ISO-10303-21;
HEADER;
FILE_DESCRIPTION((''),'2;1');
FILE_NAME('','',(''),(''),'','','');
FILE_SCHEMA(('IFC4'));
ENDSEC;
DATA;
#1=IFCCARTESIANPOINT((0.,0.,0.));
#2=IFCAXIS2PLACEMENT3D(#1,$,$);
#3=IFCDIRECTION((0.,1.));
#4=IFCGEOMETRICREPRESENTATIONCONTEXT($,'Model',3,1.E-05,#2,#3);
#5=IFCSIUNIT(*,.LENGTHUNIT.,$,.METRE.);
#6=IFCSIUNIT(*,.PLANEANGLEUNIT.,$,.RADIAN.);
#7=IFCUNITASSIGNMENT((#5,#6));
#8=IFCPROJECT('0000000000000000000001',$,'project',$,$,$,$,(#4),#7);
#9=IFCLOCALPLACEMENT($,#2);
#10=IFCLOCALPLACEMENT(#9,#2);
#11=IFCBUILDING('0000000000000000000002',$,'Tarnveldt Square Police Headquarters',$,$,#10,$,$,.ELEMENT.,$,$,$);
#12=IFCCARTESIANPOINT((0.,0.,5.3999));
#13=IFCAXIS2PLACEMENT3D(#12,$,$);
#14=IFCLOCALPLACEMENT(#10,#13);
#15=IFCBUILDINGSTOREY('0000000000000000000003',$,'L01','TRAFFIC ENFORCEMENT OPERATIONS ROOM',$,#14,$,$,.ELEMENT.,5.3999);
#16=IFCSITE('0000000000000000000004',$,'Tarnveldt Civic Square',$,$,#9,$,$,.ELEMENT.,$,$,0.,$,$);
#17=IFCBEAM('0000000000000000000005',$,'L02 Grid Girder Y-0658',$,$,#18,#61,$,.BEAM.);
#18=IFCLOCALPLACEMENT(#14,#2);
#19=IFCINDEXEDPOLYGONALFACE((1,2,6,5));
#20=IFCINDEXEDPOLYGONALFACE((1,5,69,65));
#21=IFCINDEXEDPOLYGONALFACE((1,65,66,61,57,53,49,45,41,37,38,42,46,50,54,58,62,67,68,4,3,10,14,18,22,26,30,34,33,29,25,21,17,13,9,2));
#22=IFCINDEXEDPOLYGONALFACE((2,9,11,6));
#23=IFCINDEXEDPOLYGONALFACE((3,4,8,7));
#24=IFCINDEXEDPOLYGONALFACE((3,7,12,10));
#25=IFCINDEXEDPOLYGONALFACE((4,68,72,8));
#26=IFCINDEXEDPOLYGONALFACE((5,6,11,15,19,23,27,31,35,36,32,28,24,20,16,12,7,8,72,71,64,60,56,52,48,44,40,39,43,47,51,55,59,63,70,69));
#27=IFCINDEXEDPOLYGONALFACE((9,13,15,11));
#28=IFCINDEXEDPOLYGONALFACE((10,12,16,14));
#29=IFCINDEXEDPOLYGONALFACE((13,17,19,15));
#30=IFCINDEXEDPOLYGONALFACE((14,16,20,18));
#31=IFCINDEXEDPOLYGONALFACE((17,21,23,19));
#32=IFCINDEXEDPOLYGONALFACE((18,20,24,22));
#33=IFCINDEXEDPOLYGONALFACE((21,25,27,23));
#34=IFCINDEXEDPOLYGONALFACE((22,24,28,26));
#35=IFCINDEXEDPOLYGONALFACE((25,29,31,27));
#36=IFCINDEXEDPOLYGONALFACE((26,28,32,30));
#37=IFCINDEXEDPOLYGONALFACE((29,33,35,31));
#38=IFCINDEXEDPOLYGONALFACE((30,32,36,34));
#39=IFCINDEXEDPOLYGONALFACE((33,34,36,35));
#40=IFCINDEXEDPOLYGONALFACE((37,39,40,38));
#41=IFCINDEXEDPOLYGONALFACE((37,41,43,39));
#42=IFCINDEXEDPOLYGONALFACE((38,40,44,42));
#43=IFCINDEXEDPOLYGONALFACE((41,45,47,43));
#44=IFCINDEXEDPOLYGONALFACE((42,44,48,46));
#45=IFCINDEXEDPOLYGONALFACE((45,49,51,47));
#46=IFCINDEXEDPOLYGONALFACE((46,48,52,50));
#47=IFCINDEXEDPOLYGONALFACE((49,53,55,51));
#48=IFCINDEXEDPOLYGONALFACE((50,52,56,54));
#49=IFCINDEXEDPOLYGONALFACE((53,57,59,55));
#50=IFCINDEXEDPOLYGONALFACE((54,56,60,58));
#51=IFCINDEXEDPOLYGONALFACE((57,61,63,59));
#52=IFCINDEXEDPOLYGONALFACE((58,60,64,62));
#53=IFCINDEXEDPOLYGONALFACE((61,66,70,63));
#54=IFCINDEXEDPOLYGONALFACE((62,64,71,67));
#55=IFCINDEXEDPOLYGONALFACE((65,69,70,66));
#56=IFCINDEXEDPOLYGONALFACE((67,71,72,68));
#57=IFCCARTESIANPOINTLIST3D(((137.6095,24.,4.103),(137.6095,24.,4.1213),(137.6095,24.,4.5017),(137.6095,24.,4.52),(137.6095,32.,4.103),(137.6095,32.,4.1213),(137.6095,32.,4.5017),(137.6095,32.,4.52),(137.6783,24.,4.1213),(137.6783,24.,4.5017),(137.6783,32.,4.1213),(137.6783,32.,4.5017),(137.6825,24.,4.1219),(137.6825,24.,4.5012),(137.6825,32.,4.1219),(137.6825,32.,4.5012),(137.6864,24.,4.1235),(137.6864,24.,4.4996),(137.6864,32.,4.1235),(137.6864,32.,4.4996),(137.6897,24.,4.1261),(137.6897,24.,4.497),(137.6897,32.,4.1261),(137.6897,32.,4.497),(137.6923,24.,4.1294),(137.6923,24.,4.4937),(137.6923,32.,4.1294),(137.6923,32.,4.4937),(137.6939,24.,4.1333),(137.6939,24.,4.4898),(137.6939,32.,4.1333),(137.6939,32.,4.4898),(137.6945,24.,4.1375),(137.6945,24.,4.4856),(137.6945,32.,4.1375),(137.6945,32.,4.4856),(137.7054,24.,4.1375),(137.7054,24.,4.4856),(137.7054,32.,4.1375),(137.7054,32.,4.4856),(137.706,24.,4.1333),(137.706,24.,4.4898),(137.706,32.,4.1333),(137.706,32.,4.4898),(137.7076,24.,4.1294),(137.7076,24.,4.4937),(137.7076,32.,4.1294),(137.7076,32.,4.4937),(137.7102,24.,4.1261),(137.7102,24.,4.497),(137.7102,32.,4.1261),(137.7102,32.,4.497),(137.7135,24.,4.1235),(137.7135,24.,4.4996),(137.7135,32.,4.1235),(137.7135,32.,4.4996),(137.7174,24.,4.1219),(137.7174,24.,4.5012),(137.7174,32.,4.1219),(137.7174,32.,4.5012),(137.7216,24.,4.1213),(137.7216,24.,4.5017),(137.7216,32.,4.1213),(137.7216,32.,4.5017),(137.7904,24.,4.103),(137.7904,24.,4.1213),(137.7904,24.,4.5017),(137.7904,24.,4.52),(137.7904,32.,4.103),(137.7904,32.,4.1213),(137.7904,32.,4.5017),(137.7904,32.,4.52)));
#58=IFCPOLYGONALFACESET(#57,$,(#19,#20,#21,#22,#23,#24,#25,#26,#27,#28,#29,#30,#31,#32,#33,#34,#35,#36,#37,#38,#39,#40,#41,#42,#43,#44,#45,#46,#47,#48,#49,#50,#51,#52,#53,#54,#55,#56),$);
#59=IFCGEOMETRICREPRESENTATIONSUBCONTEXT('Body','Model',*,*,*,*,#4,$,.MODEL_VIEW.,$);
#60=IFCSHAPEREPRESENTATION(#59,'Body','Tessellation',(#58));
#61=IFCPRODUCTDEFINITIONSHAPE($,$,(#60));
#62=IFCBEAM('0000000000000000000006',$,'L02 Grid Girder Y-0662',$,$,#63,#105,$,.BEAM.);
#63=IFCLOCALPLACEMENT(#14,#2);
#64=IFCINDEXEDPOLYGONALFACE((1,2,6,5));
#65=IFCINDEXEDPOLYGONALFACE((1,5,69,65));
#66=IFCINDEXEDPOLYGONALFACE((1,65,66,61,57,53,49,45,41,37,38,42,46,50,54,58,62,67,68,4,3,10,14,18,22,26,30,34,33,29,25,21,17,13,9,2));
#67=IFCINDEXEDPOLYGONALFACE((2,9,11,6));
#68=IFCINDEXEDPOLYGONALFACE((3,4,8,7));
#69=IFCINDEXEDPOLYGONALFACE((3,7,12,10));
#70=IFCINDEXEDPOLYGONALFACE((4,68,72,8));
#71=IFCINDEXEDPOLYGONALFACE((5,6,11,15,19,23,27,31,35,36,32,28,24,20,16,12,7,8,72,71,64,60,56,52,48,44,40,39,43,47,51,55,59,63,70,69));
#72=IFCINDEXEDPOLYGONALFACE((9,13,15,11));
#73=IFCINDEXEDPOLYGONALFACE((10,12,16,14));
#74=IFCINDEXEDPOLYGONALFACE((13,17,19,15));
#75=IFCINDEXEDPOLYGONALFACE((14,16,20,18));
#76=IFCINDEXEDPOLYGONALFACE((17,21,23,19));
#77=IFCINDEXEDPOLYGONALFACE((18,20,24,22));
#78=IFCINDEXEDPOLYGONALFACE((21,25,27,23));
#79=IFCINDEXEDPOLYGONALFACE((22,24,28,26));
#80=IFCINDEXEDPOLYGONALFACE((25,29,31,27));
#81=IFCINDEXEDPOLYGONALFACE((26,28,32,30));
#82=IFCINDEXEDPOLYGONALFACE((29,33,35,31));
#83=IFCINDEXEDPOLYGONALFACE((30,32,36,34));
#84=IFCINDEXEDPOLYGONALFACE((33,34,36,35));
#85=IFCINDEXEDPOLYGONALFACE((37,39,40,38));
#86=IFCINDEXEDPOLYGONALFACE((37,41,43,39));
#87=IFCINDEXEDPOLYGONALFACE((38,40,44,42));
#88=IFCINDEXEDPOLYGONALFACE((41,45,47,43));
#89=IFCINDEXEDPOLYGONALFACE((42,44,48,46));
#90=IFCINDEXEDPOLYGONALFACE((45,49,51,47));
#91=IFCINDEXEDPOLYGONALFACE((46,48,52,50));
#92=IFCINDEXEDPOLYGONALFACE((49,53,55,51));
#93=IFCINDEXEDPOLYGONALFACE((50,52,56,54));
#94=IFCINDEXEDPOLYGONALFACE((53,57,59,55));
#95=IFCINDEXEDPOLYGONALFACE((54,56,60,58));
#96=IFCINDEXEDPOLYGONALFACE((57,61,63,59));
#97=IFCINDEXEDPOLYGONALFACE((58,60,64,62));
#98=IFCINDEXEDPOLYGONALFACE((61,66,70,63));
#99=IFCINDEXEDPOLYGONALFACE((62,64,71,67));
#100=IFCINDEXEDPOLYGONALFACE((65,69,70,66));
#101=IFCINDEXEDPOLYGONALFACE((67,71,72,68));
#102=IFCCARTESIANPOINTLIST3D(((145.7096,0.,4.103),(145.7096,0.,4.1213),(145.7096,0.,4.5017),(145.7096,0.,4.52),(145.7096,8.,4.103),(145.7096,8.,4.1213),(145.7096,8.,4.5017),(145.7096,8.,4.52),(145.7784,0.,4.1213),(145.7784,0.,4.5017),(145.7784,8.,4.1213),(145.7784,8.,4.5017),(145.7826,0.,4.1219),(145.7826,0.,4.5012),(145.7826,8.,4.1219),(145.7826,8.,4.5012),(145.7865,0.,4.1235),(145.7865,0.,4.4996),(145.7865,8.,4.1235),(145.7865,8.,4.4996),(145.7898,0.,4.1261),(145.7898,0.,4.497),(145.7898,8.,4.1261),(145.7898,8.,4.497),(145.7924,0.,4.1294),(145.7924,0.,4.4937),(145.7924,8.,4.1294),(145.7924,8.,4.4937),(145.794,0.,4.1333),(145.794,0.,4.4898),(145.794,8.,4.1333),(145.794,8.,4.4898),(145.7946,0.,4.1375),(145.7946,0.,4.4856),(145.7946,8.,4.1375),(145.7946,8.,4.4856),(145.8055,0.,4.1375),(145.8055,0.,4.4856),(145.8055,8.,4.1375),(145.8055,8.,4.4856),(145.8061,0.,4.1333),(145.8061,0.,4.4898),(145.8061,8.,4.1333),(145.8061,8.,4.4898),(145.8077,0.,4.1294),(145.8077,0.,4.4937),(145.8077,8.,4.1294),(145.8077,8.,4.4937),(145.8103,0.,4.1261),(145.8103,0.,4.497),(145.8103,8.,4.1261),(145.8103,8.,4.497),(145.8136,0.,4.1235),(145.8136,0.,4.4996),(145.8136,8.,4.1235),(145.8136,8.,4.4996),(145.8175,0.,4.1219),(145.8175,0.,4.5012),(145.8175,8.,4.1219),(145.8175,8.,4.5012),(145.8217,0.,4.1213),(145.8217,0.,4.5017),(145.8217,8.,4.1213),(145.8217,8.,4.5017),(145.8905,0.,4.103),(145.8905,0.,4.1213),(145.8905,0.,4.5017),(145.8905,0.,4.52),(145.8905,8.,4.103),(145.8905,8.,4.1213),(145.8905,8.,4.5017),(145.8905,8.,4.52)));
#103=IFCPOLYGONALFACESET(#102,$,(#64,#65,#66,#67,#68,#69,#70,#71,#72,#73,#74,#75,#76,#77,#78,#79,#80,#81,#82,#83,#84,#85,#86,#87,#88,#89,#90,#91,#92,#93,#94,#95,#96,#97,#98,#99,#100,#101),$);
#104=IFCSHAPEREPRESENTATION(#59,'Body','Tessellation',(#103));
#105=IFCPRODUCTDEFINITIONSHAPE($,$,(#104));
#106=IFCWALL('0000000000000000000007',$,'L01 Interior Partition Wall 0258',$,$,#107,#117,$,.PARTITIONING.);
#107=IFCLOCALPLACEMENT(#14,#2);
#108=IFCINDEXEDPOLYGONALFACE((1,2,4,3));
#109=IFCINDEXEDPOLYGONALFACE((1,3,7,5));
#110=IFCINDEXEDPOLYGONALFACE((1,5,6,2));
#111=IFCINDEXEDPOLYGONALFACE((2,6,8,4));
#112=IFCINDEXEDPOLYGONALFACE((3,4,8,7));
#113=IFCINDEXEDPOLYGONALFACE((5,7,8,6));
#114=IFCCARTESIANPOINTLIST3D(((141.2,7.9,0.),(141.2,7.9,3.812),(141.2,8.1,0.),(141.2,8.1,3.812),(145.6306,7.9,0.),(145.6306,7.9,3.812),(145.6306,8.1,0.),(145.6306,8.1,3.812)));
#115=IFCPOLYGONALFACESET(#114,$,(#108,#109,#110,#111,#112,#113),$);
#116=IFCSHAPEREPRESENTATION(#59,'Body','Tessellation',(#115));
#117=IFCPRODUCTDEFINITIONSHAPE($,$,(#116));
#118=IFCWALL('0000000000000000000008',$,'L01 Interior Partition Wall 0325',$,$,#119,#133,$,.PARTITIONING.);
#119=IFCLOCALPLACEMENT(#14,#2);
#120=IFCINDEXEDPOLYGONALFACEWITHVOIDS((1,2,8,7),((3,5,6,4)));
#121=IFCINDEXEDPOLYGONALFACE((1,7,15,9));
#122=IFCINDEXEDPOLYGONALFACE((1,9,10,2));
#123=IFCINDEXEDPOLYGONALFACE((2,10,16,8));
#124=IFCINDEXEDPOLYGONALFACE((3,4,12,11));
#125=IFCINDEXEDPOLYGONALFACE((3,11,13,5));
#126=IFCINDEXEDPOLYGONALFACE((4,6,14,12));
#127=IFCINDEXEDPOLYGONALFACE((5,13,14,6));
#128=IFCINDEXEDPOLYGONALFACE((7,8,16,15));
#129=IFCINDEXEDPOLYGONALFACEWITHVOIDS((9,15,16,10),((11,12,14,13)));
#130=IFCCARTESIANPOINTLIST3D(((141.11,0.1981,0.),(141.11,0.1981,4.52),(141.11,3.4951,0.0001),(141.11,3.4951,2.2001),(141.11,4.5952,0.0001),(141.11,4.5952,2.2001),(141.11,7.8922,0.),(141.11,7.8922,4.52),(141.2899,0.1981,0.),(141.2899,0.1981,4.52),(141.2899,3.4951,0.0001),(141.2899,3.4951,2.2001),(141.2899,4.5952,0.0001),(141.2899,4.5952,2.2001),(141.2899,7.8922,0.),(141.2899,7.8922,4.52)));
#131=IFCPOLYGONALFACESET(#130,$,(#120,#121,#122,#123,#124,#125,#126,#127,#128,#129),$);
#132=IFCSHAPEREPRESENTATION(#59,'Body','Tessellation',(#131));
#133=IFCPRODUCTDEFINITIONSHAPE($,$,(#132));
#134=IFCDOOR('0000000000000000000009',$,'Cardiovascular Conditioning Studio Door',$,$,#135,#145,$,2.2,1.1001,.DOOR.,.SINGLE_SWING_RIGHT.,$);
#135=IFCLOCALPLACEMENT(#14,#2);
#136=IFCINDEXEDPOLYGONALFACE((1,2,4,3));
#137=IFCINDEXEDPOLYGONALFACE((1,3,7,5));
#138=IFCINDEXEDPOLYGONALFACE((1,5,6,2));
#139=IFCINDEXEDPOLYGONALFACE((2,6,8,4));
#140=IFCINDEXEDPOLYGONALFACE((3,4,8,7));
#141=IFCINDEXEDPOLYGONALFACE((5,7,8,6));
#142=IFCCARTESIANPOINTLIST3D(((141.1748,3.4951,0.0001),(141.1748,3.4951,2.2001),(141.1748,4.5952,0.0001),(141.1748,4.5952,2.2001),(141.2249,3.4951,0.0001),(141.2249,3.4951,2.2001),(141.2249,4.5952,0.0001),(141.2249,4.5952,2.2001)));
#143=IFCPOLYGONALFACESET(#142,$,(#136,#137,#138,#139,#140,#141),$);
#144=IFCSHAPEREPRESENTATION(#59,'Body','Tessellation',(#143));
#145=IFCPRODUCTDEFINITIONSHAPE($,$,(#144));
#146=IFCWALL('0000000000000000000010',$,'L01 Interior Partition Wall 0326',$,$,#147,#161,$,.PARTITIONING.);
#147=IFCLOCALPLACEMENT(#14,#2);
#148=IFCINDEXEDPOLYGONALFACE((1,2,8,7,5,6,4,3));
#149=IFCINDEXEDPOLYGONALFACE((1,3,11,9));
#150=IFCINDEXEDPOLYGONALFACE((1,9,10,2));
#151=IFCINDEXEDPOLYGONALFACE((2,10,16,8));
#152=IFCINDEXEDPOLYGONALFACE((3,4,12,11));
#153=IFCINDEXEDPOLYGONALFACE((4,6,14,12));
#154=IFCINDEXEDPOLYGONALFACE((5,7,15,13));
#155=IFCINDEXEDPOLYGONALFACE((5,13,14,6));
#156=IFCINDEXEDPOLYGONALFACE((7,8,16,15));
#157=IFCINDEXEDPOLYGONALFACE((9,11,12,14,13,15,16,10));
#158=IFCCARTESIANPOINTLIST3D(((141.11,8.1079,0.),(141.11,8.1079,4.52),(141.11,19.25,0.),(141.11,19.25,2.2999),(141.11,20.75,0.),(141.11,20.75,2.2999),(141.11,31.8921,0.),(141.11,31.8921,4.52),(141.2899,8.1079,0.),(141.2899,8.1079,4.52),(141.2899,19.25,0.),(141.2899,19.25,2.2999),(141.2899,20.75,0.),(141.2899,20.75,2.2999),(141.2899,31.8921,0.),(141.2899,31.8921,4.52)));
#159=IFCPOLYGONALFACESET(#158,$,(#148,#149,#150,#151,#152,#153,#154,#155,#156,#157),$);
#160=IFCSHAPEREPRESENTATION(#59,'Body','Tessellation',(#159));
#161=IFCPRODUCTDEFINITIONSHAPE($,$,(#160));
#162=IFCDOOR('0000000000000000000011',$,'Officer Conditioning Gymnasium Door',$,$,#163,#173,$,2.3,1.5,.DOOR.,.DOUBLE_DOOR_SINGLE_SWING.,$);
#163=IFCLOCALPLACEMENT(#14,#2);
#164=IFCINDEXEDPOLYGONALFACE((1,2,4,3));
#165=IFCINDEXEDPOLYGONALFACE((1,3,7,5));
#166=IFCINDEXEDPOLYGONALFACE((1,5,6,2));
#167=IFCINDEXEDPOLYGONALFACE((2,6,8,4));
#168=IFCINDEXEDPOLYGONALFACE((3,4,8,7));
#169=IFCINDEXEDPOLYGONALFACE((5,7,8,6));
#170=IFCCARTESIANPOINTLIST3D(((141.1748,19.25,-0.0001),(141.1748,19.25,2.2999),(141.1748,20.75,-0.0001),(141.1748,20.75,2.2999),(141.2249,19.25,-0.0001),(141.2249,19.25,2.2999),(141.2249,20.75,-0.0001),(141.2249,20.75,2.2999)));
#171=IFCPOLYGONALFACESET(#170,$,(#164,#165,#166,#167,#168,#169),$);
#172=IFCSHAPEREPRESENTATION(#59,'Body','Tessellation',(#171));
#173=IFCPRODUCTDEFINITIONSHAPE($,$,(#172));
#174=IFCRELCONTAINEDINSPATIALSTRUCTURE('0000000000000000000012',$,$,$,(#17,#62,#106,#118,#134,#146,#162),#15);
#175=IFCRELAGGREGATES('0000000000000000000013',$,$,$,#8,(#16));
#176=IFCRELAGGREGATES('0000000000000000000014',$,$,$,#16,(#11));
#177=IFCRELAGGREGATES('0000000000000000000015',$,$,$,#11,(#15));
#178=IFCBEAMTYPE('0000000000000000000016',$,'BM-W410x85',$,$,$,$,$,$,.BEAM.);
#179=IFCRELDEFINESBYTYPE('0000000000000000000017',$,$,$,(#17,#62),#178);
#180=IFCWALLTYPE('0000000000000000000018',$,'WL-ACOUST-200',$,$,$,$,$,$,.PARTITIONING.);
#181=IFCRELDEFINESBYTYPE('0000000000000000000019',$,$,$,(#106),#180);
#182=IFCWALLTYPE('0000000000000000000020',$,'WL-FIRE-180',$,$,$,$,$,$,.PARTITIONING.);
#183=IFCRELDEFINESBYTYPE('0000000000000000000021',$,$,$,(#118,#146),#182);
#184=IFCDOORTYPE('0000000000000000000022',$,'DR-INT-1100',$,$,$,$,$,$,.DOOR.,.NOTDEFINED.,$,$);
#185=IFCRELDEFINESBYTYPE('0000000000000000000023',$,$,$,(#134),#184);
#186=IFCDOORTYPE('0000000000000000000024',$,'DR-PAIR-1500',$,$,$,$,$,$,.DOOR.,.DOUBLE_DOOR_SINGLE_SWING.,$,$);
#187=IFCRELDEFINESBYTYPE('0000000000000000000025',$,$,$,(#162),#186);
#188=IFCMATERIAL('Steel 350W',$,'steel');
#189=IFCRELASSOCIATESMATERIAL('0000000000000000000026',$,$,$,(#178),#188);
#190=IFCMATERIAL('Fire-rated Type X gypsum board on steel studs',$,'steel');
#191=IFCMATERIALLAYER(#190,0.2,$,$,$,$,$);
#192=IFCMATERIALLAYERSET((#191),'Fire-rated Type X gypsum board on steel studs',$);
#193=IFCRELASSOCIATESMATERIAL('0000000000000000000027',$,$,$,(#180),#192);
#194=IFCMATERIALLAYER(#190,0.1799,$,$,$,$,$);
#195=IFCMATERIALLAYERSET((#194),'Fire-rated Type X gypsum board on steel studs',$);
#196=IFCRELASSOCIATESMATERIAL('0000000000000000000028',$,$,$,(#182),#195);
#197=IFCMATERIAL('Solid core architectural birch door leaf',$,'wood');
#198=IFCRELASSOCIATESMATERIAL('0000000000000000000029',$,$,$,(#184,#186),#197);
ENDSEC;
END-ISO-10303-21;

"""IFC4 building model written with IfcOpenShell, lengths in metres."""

from ifc_helpers import new_model, si_unit, direction, frame, frame_2d, origin, origin_2d, place, context, subcontext, project, spatial, rectangle, i_section, extrude, material, layer, layer_set, material_profile, profile_set, type_object, element, fill, save


model = new_model("IFC4")

# Units and contexts
model_context = context("Model", 3, precision=1e-05, world=origin(), true_north=direction((0.0, 1.0)))
body_context = subcontext(model_context, "Body", "Model", "MODEL_VIEW")
ifc_project = project(units=[si_unit("LENGTHUNIT", "METRE"), si_unit("PLANEANGLEUNIT", "RADIAN")], contexts=[model_context])

# Site, building, storey
site_placement = place(None, origin())
site = spatial("IfcSite", under=ifc_project, at=site_placement, Name="Tarnveldt Civic Square", CompositionType="ELEMENT", RefElevation=0.0)
building_placement = place(site_placement, origin())
building = spatial("IfcBuilding", under=site, at=building_placement, Name="Tarnveldt Square Police Headquarters", CompositionType="ELEMENT")
storey_placement = place(building_placement, frame((0.0, 0.0, 5.3999)))
storey = spatial("IfcBuildingStorey", under=building, at=storey_placement, Name="L01", Description="TRAFFIC ENFORCEMENT OPERATIONS ROOM", CompositionType="ELEMENT", Elevation=5.3999)

# Shared definitions
ifc_material_1 = material(Name="Steel 350W", Category="steel")

# Beams
ifc_material_profile_1 = material_profile(ifc_material_1, i_section(OverallWidth=0.1809, OverallDepth=0.417, WebThickness=0.011, FlangeThickness=0.0183, FilletRadius=0.0161, at=origin_2d()), Name="W410x85")
ifc_profile_set_1 = profile_set([ifc_material_profile_1], Name="Steel 350W")
beam_type_1 = type_object("IfcBeamType", Name="BM-W410x85", PredefinedType="BEAM", material=ifc_profile_set_1)
for number, where, z_axis, x_axis, name in (
    (1, (137.7, 24.0, 4.3115), (0.0, 1.0, 0.0), (-1.0, 0.0, 0.0), "L02 Grid Girder Y-0658"),
    (2, (145.8, 0.0, 4.3115), (0.0, 1.0, 0.0), (-1.0, 0.0, 0.0), "L02 Grid Girder Y-0662"),
):
    element("IfcBeam", number, at=place(storey_placement, frame(where, z_axis=z_axis, x_axis=x_axis)), inside=storey, type_object=beam_type_1, Name=name, PredefinedType="BEAM", context=body_context, shape_type="SweptSolid", body=[
        extrude(i_section(OverallWidth=0.1809, OverallDepth=0.417, WebThickness=0.011, FlangeThickness=0.0183, FilletRadius=0.0161, at=origin_2d()), origin(), (0.0, 0.0, 1.0), 8.0),
    ])

# Wall
ifc_material_2 = material(Name="Fire-rated Type X gypsum board on steel studs", Category="steel")
ifc_layer_1 = layer(ifc_material_2, 0.2)
ifc_layer_set_1 = layer_set([ifc_layer_1], Name="Fire-rated Type X gypsum board on steel studs")
wall_type_1 = type_object("IfcWallType", Name="WL-ACOUST-200", PredefinedType="PARTITIONING", material=ifc_layer_set_1)
wall_1_placement = place(storey_placement, frame((141.2, 8.0, 0.0), z_axis=(0.0, 0.0, 1.0), x_axis=(1.0, 0.0, 0.0)))
element("IfcWall", 3, at=wall_1_placement, inside=storey, type_object=wall_type_1, Name="L01 Interior Partition Wall 0258", PredefinedType="PARTITIONING", context=body_context, shape_type="SweptSolid", body=[
    extrude(rectangle(XDim=4.4307, YDim=0.2, at=frame_2d((2.2153, 0.0))), origin(), (0.0, 0.0, 1.0), 3.812),
])

# Walls, openings, doors
ifc_layer_2 = layer(ifc_material_2, 0.1799)
ifc_layer_set_2 = layer_set([ifc_layer_2], Name="Fire-rated Type X gypsum board on steel studs")
wall_type_2 = type_object("IfcWallType", Name="WL-FIRE-180", PredefinedType="PARTITIONING", material=ifc_layer_set_2)
wall_2_placement = place(storey_placement, frame((141.2, 0.198, 0.0), z_axis=(0.0, 0.0, 1.0), x_axis=(0.0, 1.0, 0.0)))
wall_2 = element("IfcWall", 4, at=wall_2_placement, inside=storey, type_object=wall_type_2, Name="L01 Interior Partition Wall 0325", PredefinedType="PARTITIONING", context=body_context, shape_type="SweptSolid", body=[
    extrude(rectangle(XDim=7.6941, YDim=0.1799, at=frame_2d((3.8472, 0.0))), origin(), (0.0, 0.0, 1.0), 4.52),
])
opening_1_placement = place(wall_2_placement, frame((3.2971, 0.0, 0.0)))
opening_1 = element("IfcOpeningElement", 5, at=opening_1_placement, cuts=wall_2, PredefinedType="OPENING", context=body_context, shape_type="SweptSolid", body=[
    extrude(rectangle(XDim=1.1001, YDim=2.2, at=frame_2d((0.55, 1.1001))), frame((0.0, 0.0999, 0.0), z_axis=(0.0, -1.0, 0.0), x_axis=(1.0, 0.0, 0.0)), (0.0, 0.0, 1.0), 0.2),
])
ifc_material_3 = material(Name="Solid core architectural birch door leaf", Category="wood")
door_type_1 = type_object("IfcDoorType", Name="DR-INT-1100", OperationType="NOTDEFINED", PredefinedType="DOOR", material=ifc_material_3)
door_1_placement = place(opening_1_placement, frame((1.1001, 0.0, 0.0), z_axis=(0.0, 0.0, 1.0), x_axis=(-1.0, 0.0, 0.0)))
door_1 = element("IfcDoor", 6, at=door_1_placement, inside=storey, type_object=door_type_1, Name="Cardiovascular Conditioning Studio Door", OperationType="SINGLE_SWING_RIGHT", OverallHeight=2.2, OverallWidth=1.1001, PredefinedType="DOOR", context=body_context, shape_type="SweptSolid", body=[
    extrude(rectangle(XDim=1.1001, YDim=2.2, at=frame_2d((0.55, 1.1001))), frame((0.0, 0.0249, 0.0), z_axis=(0.0, -1.0, 0.0), x_axis=(1.0, 0.0, 0.0)), (0.0, 0.0, 1.0), 0.05),
])
fill(opening_1, door_1)
wall_3_placement = place(storey_placement, frame((141.2, 8.1079, 0.0), z_axis=(0.0, 0.0, 1.0), x_axis=(0.0, 1.0, 0.0)))
wall_3 = element("IfcWall", 7, at=wall_3_placement, inside=storey, type_object=wall_type_2, Name="L01 Interior Partition Wall 0326", PredefinedType="PARTITIONING", context=body_context, shape_type="SweptSolid", body=[
    extrude(rectangle(XDim=23.7842, YDim=0.1799, at=frame_2d((11.8921, 0.0))), origin(), (0.0, 0.0, 1.0), 4.52),
])
opening_2_placement = place(wall_3_placement, frame((11.1421, 0.0, 0.0)))
opening_2 = element("IfcOpeningElement", 8, at=opening_2_placement, cuts=wall_3, PredefinedType="OPENING", context=body_context, shape_type="SweptSolid", body=[
    extrude(rectangle(XDim=1.5, YDim=2.3, at=frame_2d((0.75, 1.1499))), frame((0.0, 0.0999, 0.0), z_axis=(0.0, -1.0, 0.0), x_axis=(1.0, 0.0, 0.0)), (0.0, 0.0, 1.0), 0.2),
])
door_type_2 = type_object("IfcDoorType", Name="DR-PAIR-1500", OperationType="DOUBLE_DOOR_SINGLE_SWING", PredefinedType="DOOR", material=ifc_material_3)
door_2_placement = place(opening_2_placement, frame((1.5, 0.0, 0.0), z_axis=(0.0, 0.0, 1.0), x_axis=(-1.0, 0.0, 0.0)))
door_2 = element("IfcDoor", 9, at=door_2_placement, inside=storey, type_object=door_type_2, Name="Officer Conditioning Gymnasium Door", OperationType="DOUBLE_DOOR_SINGLE_SWING", OverallHeight=2.3, OverallWidth=1.5, PredefinedType="DOOR", context=body_context, shape_type="SweptSolid", body=[
    extrude(rectangle(XDim=1.5, YDim=2.3, at=frame_2d((0.75, 1.1499))), frame((0.0, 0.0249, 0.0), z_axis=(0.0, -1.0, 0.0), x_axis=(1.0, 0.0, 0.0)), (0.0, 0.0, 1.0), 0.05),
])
fill(opening_2, door_2)

save(model, "model.ifc")
